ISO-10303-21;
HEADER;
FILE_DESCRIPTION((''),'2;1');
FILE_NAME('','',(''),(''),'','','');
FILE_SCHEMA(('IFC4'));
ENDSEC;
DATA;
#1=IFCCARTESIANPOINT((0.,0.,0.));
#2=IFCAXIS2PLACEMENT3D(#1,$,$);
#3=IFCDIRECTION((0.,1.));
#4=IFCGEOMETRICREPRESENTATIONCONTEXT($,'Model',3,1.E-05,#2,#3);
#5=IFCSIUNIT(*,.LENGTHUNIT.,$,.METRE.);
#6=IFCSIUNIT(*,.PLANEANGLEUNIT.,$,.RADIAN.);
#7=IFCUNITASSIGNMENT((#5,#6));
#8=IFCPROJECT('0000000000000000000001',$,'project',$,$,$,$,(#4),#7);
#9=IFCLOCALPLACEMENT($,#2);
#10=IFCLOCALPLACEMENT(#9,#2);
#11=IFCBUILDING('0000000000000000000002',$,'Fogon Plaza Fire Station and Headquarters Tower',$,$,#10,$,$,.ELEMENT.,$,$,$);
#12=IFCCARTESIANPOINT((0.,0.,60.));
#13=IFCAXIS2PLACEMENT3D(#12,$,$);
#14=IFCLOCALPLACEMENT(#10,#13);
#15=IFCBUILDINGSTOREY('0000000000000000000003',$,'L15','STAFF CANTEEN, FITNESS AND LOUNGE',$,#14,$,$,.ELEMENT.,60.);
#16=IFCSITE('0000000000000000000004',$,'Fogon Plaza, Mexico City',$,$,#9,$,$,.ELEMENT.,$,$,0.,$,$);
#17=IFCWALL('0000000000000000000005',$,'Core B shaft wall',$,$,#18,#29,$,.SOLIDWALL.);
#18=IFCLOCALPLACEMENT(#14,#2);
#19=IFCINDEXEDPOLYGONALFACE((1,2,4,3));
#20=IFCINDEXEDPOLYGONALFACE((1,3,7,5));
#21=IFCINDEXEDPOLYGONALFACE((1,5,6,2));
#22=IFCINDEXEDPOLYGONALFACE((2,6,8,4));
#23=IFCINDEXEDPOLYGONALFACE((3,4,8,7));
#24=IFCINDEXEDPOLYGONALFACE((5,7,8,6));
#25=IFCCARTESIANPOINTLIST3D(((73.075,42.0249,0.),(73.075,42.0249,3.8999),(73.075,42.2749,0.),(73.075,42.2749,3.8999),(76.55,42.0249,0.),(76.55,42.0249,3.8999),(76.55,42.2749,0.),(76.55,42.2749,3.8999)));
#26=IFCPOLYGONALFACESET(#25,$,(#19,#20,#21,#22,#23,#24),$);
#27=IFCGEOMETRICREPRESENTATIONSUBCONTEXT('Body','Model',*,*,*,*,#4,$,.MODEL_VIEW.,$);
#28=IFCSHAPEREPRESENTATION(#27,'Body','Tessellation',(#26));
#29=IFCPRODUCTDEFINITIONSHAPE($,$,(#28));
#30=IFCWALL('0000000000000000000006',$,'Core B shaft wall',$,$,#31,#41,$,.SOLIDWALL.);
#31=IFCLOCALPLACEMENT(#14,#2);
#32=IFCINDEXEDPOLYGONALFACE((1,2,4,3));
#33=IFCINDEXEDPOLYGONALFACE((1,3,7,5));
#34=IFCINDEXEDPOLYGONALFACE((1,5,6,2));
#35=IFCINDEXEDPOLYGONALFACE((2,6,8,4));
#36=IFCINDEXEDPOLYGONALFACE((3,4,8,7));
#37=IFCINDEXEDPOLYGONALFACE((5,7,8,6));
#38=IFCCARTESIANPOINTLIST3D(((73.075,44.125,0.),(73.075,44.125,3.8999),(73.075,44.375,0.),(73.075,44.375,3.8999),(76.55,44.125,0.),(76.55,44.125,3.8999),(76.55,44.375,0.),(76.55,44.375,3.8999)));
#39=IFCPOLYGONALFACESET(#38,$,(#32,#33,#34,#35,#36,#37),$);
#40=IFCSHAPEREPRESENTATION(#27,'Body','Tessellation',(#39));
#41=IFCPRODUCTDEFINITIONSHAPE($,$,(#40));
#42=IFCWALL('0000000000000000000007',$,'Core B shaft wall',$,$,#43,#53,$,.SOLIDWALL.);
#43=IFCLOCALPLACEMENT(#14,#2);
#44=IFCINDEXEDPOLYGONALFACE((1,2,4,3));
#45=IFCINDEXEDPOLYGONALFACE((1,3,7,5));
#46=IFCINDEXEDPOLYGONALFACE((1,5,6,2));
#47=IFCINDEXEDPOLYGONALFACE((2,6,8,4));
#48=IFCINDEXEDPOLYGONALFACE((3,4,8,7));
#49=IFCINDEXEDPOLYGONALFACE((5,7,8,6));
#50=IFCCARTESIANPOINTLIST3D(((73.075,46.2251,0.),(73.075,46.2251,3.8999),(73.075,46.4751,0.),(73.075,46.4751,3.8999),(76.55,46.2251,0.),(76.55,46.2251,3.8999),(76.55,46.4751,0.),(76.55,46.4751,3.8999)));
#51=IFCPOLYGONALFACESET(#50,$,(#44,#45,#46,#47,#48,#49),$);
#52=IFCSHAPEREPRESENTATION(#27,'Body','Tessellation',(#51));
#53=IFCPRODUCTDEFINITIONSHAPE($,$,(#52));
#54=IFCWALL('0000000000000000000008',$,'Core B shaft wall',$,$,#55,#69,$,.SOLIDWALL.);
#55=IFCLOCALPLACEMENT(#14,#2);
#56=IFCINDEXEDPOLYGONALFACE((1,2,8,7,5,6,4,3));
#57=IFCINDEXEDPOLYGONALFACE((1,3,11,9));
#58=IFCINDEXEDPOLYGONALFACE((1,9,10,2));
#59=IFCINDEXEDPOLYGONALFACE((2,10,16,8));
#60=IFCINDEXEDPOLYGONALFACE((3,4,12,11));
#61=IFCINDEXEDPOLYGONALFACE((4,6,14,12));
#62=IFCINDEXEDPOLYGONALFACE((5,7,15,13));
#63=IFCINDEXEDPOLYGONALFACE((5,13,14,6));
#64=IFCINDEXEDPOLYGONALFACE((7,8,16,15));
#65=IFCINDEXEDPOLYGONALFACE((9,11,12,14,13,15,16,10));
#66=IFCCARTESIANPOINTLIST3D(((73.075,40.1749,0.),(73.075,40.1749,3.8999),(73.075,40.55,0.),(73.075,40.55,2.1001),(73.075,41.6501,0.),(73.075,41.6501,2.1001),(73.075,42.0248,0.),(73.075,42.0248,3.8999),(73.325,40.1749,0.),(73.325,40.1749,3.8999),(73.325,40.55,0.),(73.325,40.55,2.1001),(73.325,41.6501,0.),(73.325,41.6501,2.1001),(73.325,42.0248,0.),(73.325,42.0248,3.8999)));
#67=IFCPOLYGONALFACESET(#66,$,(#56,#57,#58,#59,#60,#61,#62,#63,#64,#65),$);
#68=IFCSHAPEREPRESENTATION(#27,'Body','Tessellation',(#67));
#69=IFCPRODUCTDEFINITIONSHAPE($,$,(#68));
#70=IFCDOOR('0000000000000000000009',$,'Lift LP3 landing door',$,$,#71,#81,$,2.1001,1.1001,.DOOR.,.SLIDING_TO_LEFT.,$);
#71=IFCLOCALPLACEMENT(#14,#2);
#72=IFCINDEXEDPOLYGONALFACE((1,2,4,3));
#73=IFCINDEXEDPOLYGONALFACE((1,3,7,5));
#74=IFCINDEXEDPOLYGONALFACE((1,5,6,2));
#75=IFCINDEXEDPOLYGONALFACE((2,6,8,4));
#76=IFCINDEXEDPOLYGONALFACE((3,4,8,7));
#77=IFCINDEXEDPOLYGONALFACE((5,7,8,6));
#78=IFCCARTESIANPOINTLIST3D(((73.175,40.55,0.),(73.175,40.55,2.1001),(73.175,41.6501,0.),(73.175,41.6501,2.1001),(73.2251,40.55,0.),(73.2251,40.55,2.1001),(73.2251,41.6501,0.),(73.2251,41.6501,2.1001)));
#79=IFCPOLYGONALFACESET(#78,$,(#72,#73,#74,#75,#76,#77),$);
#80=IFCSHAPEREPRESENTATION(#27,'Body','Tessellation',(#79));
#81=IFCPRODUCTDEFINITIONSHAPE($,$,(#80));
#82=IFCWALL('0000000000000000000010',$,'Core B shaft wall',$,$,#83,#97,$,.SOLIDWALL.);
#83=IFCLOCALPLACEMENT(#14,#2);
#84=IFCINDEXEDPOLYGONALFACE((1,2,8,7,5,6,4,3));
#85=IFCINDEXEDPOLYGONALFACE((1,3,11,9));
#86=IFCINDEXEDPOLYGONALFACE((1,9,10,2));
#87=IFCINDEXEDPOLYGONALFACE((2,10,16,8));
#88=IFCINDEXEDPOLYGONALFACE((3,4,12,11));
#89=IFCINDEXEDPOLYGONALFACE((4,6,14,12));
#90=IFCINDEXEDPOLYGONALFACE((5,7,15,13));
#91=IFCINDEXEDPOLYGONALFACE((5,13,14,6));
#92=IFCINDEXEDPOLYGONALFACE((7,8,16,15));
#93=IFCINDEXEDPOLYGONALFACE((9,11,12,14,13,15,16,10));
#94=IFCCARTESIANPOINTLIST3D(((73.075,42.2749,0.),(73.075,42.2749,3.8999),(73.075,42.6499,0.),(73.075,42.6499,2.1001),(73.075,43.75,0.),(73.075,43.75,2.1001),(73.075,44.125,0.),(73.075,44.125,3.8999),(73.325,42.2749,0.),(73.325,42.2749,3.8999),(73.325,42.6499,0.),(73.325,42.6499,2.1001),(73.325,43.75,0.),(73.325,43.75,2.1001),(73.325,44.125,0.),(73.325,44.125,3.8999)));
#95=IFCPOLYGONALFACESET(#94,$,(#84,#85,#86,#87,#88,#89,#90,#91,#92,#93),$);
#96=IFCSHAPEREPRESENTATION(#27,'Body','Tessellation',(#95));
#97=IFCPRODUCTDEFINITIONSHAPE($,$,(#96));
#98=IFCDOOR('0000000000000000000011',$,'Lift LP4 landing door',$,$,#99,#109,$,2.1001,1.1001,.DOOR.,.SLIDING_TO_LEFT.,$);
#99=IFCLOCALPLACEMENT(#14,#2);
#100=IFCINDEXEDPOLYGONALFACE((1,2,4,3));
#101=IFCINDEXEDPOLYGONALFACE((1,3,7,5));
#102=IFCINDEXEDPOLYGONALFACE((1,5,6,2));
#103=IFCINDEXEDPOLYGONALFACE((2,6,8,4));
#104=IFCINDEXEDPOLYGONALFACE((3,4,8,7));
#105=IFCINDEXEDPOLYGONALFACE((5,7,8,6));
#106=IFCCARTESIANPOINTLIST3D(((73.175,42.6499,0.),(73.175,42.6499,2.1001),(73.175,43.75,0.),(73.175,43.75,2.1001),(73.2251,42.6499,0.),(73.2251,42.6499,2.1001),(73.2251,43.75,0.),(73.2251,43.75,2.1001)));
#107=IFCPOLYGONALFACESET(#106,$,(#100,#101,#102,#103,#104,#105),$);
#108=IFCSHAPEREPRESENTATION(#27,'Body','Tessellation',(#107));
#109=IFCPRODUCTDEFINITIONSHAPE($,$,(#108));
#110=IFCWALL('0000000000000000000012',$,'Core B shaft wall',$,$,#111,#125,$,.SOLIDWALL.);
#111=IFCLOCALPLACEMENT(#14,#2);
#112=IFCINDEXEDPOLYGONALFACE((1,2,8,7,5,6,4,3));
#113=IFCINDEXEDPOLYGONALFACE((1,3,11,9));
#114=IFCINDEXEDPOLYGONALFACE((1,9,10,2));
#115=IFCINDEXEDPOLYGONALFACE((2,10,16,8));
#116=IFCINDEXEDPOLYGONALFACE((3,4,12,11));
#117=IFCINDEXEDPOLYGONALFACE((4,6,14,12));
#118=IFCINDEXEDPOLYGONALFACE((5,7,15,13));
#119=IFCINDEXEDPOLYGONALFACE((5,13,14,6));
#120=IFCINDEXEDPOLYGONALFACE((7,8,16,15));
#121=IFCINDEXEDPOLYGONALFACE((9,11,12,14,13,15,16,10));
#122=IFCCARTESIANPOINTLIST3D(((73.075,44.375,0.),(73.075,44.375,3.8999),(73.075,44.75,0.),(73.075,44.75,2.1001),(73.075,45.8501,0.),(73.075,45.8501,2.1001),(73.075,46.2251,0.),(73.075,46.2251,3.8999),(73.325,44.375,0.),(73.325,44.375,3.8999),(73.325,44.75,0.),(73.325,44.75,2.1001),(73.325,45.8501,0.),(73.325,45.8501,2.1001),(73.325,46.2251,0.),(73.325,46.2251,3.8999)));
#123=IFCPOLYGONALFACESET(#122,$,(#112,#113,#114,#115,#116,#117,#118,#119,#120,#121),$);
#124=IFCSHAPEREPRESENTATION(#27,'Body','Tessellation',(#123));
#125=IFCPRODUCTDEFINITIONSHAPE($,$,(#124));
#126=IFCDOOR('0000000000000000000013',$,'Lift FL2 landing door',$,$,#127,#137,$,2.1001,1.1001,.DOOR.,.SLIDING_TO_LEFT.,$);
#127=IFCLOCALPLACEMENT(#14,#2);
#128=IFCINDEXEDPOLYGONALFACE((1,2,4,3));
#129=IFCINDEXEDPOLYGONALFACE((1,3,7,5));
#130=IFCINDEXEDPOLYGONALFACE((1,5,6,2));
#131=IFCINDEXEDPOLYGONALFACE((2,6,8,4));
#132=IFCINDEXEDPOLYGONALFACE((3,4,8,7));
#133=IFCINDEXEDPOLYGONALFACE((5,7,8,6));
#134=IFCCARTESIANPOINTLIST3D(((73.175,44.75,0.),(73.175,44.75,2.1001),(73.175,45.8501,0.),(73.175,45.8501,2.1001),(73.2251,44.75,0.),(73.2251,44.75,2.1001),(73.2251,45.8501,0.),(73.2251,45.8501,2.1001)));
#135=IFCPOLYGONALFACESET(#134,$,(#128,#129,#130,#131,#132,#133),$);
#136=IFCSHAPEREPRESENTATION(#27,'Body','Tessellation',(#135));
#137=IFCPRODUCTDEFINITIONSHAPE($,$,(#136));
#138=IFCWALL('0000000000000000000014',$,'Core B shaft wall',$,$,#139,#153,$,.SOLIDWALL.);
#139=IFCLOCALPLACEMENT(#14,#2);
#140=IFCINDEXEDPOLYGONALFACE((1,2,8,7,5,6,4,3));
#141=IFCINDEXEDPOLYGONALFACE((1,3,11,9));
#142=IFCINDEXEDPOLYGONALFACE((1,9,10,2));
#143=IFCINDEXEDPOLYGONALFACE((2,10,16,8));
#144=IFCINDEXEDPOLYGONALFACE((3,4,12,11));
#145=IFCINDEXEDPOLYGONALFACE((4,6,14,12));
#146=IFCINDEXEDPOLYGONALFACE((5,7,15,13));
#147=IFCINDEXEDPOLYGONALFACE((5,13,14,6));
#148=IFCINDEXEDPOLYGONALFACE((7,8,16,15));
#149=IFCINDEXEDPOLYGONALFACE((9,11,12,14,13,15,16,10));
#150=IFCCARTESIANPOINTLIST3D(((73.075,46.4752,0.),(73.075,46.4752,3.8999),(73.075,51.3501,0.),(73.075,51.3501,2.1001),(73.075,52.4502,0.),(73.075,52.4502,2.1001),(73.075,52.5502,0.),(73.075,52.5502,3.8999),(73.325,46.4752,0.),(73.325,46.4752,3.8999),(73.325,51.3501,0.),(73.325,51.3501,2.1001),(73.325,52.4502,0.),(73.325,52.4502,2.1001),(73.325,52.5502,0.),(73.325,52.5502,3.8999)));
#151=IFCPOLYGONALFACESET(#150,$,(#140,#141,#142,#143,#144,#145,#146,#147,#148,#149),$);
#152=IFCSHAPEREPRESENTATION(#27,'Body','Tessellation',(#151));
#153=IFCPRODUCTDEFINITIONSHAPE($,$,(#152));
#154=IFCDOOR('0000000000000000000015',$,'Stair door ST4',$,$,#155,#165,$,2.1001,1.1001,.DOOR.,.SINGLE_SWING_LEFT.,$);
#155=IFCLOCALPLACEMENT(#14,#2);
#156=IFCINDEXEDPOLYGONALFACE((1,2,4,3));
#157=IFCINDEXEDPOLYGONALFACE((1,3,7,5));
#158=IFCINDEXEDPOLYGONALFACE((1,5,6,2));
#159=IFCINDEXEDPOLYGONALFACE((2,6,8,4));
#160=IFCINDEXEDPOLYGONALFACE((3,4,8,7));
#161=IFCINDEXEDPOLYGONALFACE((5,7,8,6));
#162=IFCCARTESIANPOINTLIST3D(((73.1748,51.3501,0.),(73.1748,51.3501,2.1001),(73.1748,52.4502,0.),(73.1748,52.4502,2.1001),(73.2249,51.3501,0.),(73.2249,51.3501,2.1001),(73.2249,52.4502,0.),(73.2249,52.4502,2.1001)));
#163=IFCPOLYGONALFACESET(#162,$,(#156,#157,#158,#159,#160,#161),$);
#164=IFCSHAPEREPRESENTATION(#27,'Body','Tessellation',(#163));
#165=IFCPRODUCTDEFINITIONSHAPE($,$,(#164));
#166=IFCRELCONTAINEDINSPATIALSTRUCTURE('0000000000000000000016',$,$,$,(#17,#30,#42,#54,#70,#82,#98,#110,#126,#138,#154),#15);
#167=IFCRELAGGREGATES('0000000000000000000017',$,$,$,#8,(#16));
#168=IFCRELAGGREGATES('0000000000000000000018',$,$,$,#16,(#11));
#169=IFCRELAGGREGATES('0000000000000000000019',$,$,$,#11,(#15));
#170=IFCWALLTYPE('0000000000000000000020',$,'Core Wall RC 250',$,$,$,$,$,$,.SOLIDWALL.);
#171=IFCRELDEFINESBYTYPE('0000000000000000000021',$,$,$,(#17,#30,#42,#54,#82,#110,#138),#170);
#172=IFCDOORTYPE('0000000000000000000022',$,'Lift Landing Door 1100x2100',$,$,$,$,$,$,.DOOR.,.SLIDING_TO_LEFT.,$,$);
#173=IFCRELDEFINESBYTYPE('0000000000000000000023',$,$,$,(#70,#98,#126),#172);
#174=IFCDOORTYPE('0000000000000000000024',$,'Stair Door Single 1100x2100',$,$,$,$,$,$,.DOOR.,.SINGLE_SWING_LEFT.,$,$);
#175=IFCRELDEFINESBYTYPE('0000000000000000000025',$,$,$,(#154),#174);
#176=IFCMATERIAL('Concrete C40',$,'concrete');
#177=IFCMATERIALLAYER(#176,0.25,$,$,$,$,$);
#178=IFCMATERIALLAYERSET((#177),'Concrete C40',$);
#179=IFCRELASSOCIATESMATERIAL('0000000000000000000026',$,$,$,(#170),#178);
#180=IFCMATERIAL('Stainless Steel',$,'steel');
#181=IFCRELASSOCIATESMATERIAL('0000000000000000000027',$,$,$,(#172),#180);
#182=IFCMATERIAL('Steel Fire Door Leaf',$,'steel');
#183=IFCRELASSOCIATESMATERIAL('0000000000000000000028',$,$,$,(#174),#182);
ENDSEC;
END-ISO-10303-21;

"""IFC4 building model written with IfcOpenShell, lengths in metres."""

from ifc_helpers import new_model, si_unit, direction, frame, frame_2d, origin, place, context, subcontext, project, spatial, rectangle, extrude, material, layer, layer_set, type_object, element, fill, save


model = new_model("IFC4")

# Units and contexts
model_context = context("Model", 3, precision=1e-05, world=origin(), true_north=direction((0.0, 1.0)))
body_context = subcontext(model_context, "Body", "Model", "MODEL_VIEW")
ifc_project = project(units=[si_unit("LENGTHUNIT", "METRE"), si_unit("PLANEANGLEUNIT", "RADIAN")], contexts=[model_context])

# Site, building, storey
site_placement = place(None, origin())
site = spatial("IfcSite", under=ifc_project, at=site_placement, Name="Fogon Plaza, Mexico City", CompositionType="ELEMENT", RefElevation=0.0)
building_placement = place(site_placement, origin())
building = spatial("IfcBuilding", under=site, at=building_placement, Name="Fogon Plaza Fire Station and Headquarters Tower", CompositionType="ELEMENT")
storey_placement = place(building_placement, frame((0.0, 0.0, 60.0)))
storey = spatial("IfcBuildingStorey", under=building, at=storey_placement, Name="L15", Description="STAFF CANTEEN, FITNESS AND LOUNGE", CompositionType="ELEMENT", Elevation=60.0)

# Walls
ifc_material_1 = material(Name="Concrete C40", Category="concrete")
ifc_layer_1 = layer(ifc_material_1, 0.25)
ifc_layer_set_1 = layer_set([ifc_layer_1], Name="Concrete C40")
wall_type_1 = type_object("IfcWallType", Name="Core Wall RC 250", PredefinedType="SOLIDWALL", material=ifc_layer_set_1)
for number, where, z_axis, x_axis, name in (
    (1, (76.55, 42.1499, 0.0), (0.0, 0.0, 1.0), (-1.0, 0.0, 0.0), "Core B shaft wall"),
    (2, (76.55, 44.25, 0.0), (0.0, 0.0, 1.0), (-1.0, 0.0, 0.0), "Core B shaft wall"),
    (3, (76.55, 46.3501, 0.0), (0.0, 0.0, 1.0), (-1.0, 0.0, 0.0), "Core B shaft wall"),
):
    element("IfcWall", number, at=place(storey_placement, frame(where, z_axis=z_axis, x_axis=x_axis)), inside=storey, type_object=wall_type_1, Name=name, PredefinedType="SOLIDWALL", context=body_context, shape_type="SweptSolid", body=[
        extrude(rectangle(XDim=3.4751, YDim=0.25, at=frame_2d((1.7375, 0.0))), origin(), (0.0, 0.0, 1.0), 3.8999),
    ])

# Walls, openings, doors
wall_1_placement = place(storey_placement, frame((73.2, 40.175, 0.0), z_axis=(0.0, 0.0, 1.0), x_axis=(0.0, 1.0, 0.0)))
wall_1 = element("IfcWall", 4, at=wall_1_placement, inside=storey, type_object=wall_type_1, Name="Core B shaft wall", PredefinedType="SOLIDWALL", context=body_context, shape_type="SweptSolid", body=[
    extrude(rectangle(XDim=1.8499, YDim=0.25, at=frame_2d((0.9248, 0.0))), origin(), (0.0, 0.0, 1.0), 3.8999),
])
opening_1_placement = place(wall_1_placement, frame((0.375, 0.0, 0.0)))
opening_1 = element("IfcOpeningElement", 5, at=opening_1_placement, cuts=wall_1, PredefinedType="OPENING", context=body_context, shape_type="SweptSolid", body=[
    extrude(rectangle(XDim=1.1001, YDim=2.1001, at=frame_2d((0.55, 1.05))), frame((0.0, 0.135, 0.0), z_axis=(0.0, -1.0, 0.0), x_axis=(1.0, 0.0, 0.0)), (0.0, 0.0, 1.0), 0.27),
])
ifc_material_2 = material(Name="Stainless Steel", Category="steel")
door_type_1 = type_object("IfcDoorType", Name="Lift Landing Door 1100x2100", OperationType="SLIDING_TO_LEFT", PredefinedType="DOOR", material=ifc_material_2)
door_1_placement = place(opening_1_placement, origin())
door_1 = element("IfcDoor", 6, at=door_1_placement, inside=storey, type_object=door_type_1, Name="Lift LP3 landing door", OperationType="SLIDING_TO_LEFT", OverallHeight=2.1001, OverallWidth=1.1001, PredefinedType="DOOR", context=body_context, shape_type="SweptSolid", body=[
    extrude(rectangle(XDim=1.1001, YDim=2.1001, at=frame_2d((0.55, 1.05))), frame((0.0, 0.0249, 0.0), z_axis=(0.0, -1.0, 0.0), x_axis=(1.0, 0.0, 0.0)), (0.0, 0.0, 1.0), 0.05),
])
fill(opening_1, door_1)
wall_2_placement = place(storey_placement, frame((73.2, 42.2749, 0.0), z_axis=(0.0, 0.0, 1.0), x_axis=(0.0, 1.0, 0.0)))
wall_2 = element("IfcWall", 7, at=wall_2_placement, inside=storey, type_object=wall_type_1, Name="Core B shaft wall", PredefinedType="SOLIDWALL", context=body_context, shape_type="SweptSolid", body=[
    extrude(rectangle(XDim=1.8501, YDim=0.25, at=frame_2d((0.925, 0.0))), origin(), (0.0, 0.0, 1.0), 3.8999),
])
opening_2_placement = place(wall_2_placement, frame((0.375, 0.0, 0.0)))
opening_2 = element("IfcOpeningElement", 8, at=opening_2_placement, cuts=wall_2, PredefinedType="OPENING", context=body_context, shape_type="SweptSolid", body=[
    extrude(rectangle(XDim=1.1001, YDim=2.1001, at=frame_2d((0.55, 1.05))), frame((0.0, 0.135, 0.0), z_axis=(0.0, -1.0, 0.0), x_axis=(1.0, 0.0, 0.0)), (0.0, 0.0, 1.0), 0.27),
])
door_2_placement = place(opening_2_placement, origin())
door_2 = element("IfcDoor", 9, at=door_2_placement, inside=storey, type_object=door_type_1, Name="Lift LP4 landing door", OperationType="SLIDING_TO_LEFT", OverallHeight=2.1001, OverallWidth=1.1001, PredefinedType="DOOR", context=body_context, shape_type="SweptSolid", body=[
    extrude(rectangle(XDim=1.1001, YDim=2.1001, at=frame_2d((0.55, 1.05))), frame((0.0, 0.0249, 0.0), z_axis=(0.0, -1.0, 0.0), x_axis=(1.0, 0.0, 0.0)), (0.0, 0.0, 1.0), 0.05),
])
fill(opening_2, door_2)
wall_3_placement = place(storey_placement, frame((73.2, 44.375, 0.0), z_axis=(0.0, 0.0, 1.0), x_axis=(0.0, 1.0, 0.0)))
wall_3 = element("IfcWall", 10, at=wall_3_placement, inside=storey, type_object=wall_type_1, Name="Core B shaft wall", PredefinedType="SOLIDWALL", context=body_context, shape_type="SweptSolid", body=[
    extrude(rectangle(XDim=1.8501, YDim=0.25, at=frame_2d((0.925, 0.0))), origin(), (0.0, 0.0, 1.0), 3.8999),
])
opening_3_placement = place(wall_3_placement, frame((0.375, 0.0, 0.0)))
opening_3 = element("IfcOpeningElement", 11, at=opening_3_placement, cuts=wall_3, PredefinedType="OPENING", context=body_context, shape_type="SweptSolid", body=[
    extrude(rectangle(XDim=1.1001, YDim=2.1001, at=frame_2d((0.55, 1.05))), frame((0.0, 0.135, 0.0), z_axis=(0.0, -1.0, 0.0), x_axis=(1.0, 0.0, 0.0)), (0.0, 0.0, 1.0), 0.27),
])
door_3_placement = place(opening_3_placement, origin())
door_3 = element("IfcDoor", 12, at=door_3_placement, inside=storey, type_object=door_type_1, Name="Lift FL2 landing door", OperationType="SLIDING_TO_LEFT", OverallHeight=2.1001, OverallWidth=1.1001, PredefinedType="DOOR", context=body_context, shape_type="SweptSolid", body=[
    extrude(rectangle(XDim=1.1001, YDim=2.1001, at=frame_2d((0.55, 1.05))), frame((0.0, 0.0249, 0.0), z_axis=(0.0, -1.0, 0.0), x_axis=(1.0, 0.0, 0.0)), (0.0, 0.0, 1.0), 0.05),
])
fill(opening_3, door_3)
wall_4_placement = place(storey_placement, frame((73.2, 46.4751, 0.0), z_axis=(0.0, 0.0, 1.0), x_axis=(0.0, 1.0, 0.0)))
wall_4 = element("IfcWall", 13, at=wall_4_placement, inside=storey, type_object=wall_type_1, Name="Core B shaft wall", PredefinedType="SOLIDWALL", context=body_context, shape_type="SweptSolid", body=[
    extrude(rectangle(XDim=6.075, YDim=0.25, at=frame_2d((3.0376, 0.0))), origin(), (0.0, 0.0, 1.0), 3.8999),
])
opening_4_placement = place(wall_4_placement, frame((4.875, 0.0, 0.0)))
opening_4 = element("IfcOpeningElement", 14, at=opening_4_placement, cuts=wall_4, PredefinedType="OPENING", context=body_context, shape_type="SweptSolid", body=[
    extrude(rectangle(XDim=1.1001, YDim=2.1001, at=frame_2d((0.55, 1.05))), frame((0.0, 0.135, 0.0), z_axis=(0.0, -1.0, 0.0), x_axis=(1.0, 0.0, 0.0)), (0.0, 0.0, 1.0), 0.27),
])
ifc_material_3 = material(Name="Steel Fire Door Leaf", Category="steel")
door_type_2 = type_object("IfcDoorType", Name="Stair Door Single 1100x2100", OperationType="SINGLE_SWING_LEFT", PredefinedType="DOOR", material=ifc_material_3)
door_4_placement = place(opening_4_placement, frame((1.1001, 0.0, 0.0), z_axis=(0.0, 0.0, 1.0), x_axis=(-1.0, 0.0, 0.0)))
door_4 = element("IfcDoor", 15, at=door_4_placement, inside=storey, type_object=door_type_2, Name="Stair door ST4", OperationType="SINGLE_SWING_LEFT", OverallHeight=2.1001, OverallWidth=1.1001, PredefinedType="DOOR", context=body_context, shape_type="SweptSolid", body=[
    extrude(rectangle(XDim=1.1001, YDim=2.1001, at=frame_2d((0.55, 1.05))), frame((0.0, 0.0249, 0.0), z_axis=(0.0, -1.0, 0.0), x_axis=(1.0, 0.0, 0.0)), (0.0, 0.0, 1.0), 0.05),
])
fill(opening_4, door_4)

save(model, "model.ifc")
